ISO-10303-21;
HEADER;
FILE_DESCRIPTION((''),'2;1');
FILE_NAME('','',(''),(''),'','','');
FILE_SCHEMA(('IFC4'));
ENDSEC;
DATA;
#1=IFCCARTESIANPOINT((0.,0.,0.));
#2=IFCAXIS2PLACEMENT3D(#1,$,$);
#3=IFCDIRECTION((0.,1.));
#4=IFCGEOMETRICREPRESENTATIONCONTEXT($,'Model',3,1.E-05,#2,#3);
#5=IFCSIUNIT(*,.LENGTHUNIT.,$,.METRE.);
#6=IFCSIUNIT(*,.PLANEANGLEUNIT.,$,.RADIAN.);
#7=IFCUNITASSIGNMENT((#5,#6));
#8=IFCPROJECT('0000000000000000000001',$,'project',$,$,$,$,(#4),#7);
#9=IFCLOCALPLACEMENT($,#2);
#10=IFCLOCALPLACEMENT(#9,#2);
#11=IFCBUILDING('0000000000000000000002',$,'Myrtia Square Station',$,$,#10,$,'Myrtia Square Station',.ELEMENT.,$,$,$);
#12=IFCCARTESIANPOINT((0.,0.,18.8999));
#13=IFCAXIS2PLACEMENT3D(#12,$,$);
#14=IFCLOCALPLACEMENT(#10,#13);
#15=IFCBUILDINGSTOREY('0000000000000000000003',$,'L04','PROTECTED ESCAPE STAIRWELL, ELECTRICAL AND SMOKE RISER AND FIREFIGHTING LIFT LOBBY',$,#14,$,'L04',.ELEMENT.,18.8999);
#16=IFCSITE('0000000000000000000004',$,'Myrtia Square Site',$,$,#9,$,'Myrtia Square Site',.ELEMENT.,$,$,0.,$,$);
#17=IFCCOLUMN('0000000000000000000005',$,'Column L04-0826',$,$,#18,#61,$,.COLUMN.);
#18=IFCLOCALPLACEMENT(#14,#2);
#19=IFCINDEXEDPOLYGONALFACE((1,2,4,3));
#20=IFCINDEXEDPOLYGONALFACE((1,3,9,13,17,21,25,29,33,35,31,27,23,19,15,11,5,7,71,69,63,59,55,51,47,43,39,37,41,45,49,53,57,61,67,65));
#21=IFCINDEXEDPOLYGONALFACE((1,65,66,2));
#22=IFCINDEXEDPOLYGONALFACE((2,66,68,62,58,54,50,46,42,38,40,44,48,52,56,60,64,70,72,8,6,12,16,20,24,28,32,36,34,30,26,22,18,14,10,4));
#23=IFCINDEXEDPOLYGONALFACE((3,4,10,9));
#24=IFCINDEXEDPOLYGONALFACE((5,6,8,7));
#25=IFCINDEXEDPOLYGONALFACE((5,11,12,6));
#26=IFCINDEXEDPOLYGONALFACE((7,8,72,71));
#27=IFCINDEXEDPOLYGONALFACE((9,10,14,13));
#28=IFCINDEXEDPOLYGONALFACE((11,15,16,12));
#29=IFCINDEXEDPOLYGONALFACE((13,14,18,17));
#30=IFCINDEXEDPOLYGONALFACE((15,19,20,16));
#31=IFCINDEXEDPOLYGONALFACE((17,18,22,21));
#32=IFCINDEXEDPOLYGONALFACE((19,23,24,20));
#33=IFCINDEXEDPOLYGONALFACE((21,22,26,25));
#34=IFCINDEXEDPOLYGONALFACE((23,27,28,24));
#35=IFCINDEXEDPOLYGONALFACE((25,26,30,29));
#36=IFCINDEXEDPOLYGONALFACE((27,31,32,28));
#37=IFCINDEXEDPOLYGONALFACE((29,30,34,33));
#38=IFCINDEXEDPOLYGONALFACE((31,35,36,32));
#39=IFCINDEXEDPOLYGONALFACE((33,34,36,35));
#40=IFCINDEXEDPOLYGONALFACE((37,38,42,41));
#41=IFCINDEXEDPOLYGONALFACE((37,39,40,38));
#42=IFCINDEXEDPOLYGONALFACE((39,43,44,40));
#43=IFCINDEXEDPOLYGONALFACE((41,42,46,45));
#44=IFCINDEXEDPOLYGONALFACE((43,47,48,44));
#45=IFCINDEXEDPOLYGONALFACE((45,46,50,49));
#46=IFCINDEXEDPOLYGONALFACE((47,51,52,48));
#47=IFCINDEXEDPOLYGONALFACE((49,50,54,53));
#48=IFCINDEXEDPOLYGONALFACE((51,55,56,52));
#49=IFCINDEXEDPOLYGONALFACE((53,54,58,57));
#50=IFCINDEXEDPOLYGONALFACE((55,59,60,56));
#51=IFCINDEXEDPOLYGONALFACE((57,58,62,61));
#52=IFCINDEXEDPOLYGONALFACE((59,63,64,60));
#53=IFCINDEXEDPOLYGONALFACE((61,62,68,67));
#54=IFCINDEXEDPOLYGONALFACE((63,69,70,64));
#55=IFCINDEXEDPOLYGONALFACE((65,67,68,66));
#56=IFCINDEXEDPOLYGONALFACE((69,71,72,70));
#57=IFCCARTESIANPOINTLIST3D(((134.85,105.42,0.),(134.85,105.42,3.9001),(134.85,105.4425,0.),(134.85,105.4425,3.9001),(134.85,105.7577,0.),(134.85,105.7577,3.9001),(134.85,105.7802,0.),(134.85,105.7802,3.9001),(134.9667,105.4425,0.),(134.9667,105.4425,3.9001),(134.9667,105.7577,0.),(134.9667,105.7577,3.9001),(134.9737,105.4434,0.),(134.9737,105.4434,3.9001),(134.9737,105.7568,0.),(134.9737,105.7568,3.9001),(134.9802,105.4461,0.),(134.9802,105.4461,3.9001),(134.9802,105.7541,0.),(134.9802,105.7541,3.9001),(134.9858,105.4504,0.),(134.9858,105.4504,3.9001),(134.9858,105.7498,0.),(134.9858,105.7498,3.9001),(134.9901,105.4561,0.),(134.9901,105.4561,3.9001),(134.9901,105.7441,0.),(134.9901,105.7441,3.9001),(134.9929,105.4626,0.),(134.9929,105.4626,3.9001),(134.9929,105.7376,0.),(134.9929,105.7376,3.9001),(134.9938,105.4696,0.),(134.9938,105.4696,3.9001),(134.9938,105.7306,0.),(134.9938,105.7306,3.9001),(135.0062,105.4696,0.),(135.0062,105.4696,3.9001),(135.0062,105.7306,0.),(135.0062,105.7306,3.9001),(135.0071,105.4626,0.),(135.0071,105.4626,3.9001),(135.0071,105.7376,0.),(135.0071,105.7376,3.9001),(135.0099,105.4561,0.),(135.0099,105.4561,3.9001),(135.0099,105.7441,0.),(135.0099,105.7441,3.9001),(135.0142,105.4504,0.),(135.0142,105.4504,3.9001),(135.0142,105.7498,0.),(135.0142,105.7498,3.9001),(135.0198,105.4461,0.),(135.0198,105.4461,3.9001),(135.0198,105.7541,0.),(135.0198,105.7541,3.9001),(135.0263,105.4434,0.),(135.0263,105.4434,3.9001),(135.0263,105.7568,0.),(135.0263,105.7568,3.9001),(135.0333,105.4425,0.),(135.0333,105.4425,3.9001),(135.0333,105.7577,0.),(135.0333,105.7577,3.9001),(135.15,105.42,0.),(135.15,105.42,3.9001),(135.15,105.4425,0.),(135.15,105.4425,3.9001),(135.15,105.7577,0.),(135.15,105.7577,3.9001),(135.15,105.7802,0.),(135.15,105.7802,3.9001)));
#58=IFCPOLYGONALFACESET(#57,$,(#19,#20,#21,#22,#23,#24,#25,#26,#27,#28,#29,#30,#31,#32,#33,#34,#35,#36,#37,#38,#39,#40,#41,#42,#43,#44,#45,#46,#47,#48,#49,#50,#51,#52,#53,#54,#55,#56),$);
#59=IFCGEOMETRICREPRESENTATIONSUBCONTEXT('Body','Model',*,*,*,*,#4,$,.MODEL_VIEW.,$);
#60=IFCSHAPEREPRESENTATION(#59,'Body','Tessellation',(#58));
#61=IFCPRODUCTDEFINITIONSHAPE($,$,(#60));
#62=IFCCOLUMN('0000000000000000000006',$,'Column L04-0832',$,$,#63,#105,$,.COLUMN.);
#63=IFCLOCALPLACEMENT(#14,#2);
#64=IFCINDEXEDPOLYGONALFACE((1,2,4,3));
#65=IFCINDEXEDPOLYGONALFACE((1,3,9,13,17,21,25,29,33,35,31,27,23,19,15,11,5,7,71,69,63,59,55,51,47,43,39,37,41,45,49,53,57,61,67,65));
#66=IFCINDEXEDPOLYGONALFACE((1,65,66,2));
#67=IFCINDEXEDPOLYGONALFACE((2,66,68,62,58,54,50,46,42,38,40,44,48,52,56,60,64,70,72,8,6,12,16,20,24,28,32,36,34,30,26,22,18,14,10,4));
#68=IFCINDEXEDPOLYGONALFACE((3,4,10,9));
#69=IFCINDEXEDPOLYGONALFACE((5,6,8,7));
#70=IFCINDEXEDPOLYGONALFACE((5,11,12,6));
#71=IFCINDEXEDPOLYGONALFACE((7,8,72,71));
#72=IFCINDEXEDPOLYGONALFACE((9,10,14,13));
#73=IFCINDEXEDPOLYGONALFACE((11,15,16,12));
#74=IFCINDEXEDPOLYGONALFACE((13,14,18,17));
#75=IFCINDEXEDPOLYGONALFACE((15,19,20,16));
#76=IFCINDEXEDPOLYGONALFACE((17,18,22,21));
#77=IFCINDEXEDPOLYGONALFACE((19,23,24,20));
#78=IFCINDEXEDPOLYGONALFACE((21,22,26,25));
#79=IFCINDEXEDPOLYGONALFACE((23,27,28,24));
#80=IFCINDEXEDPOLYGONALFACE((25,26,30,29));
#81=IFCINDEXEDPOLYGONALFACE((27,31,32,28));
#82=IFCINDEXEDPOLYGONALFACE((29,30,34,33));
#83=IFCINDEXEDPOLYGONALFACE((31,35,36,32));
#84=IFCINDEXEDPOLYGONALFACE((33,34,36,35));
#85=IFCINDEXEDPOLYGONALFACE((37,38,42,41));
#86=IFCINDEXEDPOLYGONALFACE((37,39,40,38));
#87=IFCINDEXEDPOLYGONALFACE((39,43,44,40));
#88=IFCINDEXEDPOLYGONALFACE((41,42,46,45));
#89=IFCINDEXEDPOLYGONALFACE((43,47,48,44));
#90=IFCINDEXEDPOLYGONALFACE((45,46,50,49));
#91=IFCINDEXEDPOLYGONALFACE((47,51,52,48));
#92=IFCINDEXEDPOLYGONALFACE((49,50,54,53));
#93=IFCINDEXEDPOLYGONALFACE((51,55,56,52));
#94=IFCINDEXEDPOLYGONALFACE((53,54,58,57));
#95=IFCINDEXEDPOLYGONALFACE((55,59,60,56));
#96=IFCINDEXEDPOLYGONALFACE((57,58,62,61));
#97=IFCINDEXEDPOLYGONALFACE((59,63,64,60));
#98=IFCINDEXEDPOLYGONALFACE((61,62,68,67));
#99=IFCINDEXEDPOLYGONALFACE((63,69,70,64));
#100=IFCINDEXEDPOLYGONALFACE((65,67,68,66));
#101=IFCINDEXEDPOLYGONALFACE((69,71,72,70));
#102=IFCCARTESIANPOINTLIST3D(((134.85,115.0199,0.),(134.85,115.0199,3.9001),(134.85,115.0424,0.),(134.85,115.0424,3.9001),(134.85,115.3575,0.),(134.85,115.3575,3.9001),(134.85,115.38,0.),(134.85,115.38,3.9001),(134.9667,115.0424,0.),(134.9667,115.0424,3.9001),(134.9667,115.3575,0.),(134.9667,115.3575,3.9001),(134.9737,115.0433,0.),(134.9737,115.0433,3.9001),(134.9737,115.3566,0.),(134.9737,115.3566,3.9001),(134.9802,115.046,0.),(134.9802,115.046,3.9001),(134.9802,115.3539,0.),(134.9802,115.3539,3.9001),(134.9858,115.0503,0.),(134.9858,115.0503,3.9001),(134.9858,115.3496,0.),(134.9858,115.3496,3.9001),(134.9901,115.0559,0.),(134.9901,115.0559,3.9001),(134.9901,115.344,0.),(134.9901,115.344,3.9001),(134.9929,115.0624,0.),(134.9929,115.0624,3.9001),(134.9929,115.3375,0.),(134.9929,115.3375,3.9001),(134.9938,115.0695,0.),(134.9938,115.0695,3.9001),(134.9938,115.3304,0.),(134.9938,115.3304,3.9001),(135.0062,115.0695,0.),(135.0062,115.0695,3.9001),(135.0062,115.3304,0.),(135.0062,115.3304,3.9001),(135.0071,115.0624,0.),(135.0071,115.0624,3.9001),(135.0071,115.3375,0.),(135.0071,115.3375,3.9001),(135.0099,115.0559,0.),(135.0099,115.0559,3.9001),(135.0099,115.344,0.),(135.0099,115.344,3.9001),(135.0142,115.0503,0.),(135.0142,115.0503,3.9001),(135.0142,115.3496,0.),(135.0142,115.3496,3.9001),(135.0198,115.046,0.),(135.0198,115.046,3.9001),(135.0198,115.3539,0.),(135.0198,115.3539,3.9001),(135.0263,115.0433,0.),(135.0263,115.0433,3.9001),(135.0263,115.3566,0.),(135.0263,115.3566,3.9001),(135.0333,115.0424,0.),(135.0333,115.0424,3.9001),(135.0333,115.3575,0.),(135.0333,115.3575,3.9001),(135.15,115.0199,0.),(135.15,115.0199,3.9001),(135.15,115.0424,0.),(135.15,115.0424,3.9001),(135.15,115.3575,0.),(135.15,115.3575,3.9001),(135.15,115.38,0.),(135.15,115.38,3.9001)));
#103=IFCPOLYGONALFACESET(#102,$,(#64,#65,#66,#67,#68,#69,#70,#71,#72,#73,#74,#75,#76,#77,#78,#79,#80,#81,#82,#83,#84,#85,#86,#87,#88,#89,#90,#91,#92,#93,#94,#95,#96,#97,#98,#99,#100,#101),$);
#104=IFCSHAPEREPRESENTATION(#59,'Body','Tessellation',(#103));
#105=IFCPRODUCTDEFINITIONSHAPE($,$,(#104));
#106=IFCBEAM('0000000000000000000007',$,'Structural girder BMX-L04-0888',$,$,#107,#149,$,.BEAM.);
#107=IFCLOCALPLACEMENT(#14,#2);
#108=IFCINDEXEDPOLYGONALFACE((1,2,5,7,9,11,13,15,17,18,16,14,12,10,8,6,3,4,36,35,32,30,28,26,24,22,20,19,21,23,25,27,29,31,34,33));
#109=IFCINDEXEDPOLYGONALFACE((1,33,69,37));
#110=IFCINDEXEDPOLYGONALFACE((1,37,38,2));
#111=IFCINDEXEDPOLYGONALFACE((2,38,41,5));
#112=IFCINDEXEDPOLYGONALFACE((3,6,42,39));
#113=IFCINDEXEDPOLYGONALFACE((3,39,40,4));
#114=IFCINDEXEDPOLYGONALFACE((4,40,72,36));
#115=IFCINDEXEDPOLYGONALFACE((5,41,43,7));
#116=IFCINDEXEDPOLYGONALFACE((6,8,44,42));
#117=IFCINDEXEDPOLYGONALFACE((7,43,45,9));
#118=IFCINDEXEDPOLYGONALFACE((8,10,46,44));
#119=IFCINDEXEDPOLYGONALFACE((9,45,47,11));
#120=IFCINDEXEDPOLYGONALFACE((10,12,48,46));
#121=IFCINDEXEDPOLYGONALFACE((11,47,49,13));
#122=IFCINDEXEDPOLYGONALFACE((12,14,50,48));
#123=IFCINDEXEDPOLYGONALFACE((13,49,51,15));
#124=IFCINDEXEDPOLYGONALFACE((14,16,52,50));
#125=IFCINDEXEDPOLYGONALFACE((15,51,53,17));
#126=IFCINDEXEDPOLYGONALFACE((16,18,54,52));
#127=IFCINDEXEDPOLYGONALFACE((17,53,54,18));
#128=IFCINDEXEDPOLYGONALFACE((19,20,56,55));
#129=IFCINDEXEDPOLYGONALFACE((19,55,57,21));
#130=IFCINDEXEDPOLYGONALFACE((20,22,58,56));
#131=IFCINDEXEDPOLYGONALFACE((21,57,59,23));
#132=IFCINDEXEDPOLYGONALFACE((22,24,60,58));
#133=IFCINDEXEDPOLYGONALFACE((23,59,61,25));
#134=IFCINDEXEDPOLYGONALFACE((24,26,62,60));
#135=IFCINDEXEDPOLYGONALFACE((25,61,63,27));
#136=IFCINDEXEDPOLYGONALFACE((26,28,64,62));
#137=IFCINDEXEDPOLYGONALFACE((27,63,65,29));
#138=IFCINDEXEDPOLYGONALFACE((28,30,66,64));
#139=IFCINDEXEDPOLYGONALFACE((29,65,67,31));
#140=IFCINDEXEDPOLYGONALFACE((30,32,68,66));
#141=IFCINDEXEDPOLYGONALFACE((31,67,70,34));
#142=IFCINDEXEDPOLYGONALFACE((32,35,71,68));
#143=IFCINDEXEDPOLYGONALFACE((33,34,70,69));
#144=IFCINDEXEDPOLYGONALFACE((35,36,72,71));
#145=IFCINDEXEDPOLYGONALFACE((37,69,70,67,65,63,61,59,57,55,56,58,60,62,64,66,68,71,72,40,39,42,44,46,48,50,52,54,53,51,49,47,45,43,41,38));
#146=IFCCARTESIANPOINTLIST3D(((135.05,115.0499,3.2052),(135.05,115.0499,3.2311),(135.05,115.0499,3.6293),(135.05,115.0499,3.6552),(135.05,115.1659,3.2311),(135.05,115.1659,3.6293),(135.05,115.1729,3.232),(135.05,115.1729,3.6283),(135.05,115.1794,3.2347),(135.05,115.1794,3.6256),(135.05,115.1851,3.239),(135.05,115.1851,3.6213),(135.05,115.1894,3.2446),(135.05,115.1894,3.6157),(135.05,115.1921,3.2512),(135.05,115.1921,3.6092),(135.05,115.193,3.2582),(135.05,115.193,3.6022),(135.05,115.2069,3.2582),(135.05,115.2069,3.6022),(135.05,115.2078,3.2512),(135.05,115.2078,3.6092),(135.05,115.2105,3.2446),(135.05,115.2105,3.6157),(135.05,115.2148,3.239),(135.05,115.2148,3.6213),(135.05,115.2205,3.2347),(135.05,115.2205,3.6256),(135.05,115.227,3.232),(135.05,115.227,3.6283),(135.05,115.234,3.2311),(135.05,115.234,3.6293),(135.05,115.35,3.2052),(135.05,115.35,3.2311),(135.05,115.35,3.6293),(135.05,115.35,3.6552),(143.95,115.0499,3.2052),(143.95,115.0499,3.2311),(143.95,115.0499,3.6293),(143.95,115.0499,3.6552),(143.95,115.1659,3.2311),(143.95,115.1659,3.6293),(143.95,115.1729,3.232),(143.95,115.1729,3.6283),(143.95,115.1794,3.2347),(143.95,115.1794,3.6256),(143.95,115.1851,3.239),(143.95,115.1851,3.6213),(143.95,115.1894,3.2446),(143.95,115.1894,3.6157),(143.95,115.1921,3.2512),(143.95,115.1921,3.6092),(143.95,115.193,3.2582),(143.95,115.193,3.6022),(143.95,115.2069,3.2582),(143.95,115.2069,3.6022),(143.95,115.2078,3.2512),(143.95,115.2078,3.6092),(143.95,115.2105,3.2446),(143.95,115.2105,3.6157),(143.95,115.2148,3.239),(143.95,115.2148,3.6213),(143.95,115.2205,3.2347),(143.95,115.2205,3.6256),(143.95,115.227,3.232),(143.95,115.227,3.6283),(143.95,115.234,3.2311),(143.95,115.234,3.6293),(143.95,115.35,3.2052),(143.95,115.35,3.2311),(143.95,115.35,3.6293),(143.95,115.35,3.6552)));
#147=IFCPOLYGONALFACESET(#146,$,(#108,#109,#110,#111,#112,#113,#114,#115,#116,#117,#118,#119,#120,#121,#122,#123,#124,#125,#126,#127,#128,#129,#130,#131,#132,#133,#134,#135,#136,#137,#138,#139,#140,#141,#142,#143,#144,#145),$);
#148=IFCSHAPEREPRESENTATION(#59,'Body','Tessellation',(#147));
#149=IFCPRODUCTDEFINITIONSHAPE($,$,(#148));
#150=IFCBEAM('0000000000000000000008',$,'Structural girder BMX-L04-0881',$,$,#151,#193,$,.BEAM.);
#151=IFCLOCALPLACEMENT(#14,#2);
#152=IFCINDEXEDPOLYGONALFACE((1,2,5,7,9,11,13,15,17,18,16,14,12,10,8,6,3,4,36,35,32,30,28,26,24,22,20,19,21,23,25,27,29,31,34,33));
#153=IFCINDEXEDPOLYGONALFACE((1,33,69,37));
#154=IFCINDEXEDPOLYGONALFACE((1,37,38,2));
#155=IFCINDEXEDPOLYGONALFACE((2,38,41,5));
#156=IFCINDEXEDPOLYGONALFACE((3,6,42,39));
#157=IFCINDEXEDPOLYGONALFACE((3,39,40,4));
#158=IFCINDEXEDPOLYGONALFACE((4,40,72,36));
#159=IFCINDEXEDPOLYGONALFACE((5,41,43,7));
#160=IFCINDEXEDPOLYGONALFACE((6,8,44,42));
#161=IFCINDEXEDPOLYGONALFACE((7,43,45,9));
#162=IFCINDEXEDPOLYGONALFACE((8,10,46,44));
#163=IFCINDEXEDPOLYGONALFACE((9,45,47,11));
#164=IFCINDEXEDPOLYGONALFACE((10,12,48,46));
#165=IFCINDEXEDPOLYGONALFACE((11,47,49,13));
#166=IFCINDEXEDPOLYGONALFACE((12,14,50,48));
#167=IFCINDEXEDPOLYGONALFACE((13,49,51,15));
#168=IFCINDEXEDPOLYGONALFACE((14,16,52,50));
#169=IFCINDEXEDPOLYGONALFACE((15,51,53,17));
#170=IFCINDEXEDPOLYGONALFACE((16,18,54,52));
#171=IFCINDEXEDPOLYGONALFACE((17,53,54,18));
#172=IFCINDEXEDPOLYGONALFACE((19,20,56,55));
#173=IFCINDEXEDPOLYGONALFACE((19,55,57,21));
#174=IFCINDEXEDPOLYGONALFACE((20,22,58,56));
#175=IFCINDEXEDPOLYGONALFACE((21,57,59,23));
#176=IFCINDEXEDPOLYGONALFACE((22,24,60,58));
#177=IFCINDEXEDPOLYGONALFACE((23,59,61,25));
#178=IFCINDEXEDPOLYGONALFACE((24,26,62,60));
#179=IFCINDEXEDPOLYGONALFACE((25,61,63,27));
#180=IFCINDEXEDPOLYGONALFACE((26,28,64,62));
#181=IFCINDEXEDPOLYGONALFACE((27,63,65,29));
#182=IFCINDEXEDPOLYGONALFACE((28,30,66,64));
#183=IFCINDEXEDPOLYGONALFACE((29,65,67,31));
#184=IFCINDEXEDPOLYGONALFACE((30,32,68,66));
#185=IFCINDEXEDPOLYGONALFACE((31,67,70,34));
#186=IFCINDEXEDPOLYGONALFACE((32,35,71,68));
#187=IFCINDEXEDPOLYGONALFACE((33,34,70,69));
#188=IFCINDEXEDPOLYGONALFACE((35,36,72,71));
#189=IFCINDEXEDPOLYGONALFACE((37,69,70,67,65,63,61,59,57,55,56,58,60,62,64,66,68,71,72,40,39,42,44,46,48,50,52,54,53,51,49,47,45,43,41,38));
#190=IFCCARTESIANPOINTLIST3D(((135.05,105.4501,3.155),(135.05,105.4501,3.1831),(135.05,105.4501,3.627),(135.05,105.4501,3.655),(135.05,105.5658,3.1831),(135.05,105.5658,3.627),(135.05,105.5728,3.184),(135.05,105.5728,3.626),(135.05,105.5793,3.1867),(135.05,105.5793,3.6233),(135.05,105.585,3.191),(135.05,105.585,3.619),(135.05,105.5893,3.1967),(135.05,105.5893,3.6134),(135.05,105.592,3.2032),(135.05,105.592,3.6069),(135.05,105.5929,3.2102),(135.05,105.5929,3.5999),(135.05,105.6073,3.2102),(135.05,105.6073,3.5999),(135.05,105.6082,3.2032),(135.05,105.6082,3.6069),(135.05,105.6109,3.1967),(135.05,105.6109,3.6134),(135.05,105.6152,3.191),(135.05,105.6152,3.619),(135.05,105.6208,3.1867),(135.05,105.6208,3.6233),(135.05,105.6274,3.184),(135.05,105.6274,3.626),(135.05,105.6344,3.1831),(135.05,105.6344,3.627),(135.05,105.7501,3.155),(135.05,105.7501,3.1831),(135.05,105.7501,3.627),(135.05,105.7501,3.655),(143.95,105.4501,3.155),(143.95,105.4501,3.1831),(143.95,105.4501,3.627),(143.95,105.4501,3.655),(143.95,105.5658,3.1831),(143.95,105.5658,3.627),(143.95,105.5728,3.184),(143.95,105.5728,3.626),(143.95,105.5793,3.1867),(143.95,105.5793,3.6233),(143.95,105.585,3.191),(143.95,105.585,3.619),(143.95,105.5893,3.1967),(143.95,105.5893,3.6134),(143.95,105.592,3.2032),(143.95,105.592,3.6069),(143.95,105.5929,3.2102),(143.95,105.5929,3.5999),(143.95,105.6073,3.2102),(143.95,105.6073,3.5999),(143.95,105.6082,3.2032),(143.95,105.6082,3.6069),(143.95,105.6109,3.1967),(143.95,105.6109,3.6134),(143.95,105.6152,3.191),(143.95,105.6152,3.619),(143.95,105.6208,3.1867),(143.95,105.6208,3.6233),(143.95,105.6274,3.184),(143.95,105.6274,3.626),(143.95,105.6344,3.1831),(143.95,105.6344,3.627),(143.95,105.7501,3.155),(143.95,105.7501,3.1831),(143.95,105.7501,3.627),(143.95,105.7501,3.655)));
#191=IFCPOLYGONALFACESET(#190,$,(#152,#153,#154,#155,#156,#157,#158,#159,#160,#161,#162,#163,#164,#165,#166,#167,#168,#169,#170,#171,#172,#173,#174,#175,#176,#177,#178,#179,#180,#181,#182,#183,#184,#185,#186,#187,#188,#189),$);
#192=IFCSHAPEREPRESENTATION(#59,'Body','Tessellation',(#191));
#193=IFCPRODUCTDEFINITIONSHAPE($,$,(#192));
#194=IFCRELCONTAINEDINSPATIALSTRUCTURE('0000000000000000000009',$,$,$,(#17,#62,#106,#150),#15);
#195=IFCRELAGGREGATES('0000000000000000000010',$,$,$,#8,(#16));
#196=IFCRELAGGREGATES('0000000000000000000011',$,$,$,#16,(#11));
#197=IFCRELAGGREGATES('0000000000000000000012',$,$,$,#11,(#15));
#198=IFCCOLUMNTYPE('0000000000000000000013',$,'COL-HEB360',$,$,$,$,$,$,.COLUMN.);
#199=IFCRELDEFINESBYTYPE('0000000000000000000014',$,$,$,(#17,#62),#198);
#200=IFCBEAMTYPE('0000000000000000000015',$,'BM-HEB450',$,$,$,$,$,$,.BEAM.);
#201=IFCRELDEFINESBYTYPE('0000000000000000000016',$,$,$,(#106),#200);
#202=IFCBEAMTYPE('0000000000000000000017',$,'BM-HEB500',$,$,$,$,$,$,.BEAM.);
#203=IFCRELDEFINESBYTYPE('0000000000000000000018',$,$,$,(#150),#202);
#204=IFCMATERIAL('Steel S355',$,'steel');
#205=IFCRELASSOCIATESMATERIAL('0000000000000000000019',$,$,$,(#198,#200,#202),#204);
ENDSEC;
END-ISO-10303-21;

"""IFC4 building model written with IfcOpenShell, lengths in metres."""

from ifc_helpers import new_model, si_unit, direction, frame, origin, origin_2d, place, context, subcontext, project, spatial, i_section, extrude, material, material_profile, profile_set, type_object, element, save


model = new_model("IFC4")

# Units and contexts
model_context = context("Model", 3, precision=1e-05, world=origin(), true_north=direction((0.0, 1.0)))
body_context = subcontext(model_context, "Body", "Model", "MODEL_VIEW")
ifc_project = project(units=[si_unit("LENGTHUNIT", "METRE"), si_unit("PLANEANGLEUNIT", "RADIAN")], contexts=[model_context])

# Site, building, storey
site_placement = place(None, origin())
site = spatial("IfcSite", under=ifc_project, at=site_placement, Name="Myrtia Square Site", LongName="Myrtia Square Site", CompositionType="ELEMENT", RefElevation=0.0)
building_placement = place(site_placement, origin())
building = spatial("IfcBuilding", under=site, at=building_placement, Name="Myrtia Square Station", LongName="Myrtia Square Station", CompositionType="ELEMENT")
storey_placement = place(building_placement, frame((0.0, 0.0, 18.8999)))
storey = spatial("IfcBuildingStorey", under=building, at=storey_placement, Name="L04", Description="PROTECTED ESCAPE STAIRWELL, ELECTRICAL AND SMOKE RISER AND FIREFIGHTING LIFT LOBBY", LongName="L04", CompositionType="ELEMENT", Elevation=18.8999)

# Columns
ifc_material_1 = material(Name="Steel S355", Category="steel")
ifc_material_profile_1 = material_profile(ifc_material_1, i_section(OverallWidth=0.3, OverallDepth=0.3601, WebThickness=0.0125, FlangeThickness=0.0225, FilletRadius=0.0271, at=origin_2d()), Name="HEB 360")
ifc_profile_set_1 = profile_set([ifc_material_profile_1], Name="Steel S355")
column_type = type_object("IfcColumnType", Name="COL-HEB360", PredefinedType="COLUMN", material=ifc_profile_set_1)
for number, where, z_axis, x_axis, name in (
    (1, (135.0, 105.6001, 0.0), (0.0, 0.0, 1.0), (1.0, 0.0, 0.0), "Column L04-0826"),
    (2, (135.0, 115.2, 0.0), (0.0, 0.0, 1.0), (1.0, 0.0, 0.0), "Column L04-0832"),
):
    element("IfcColumn", number, at=place(storey_placement, frame(where, z_axis=z_axis, x_axis=x_axis)), inside=storey, type_object=column_type, Name=name, PredefinedType="COLUMN", context=body_context, shape_type="SweptSolid", body=[
        extrude(i_section(OverallWidth=0.3, OverallDepth=0.3601, WebThickness=0.0125, FlangeThickness=0.0225, FilletRadius=0.0271, at=origin_2d()), origin(), (0.0, 0.0, 1.0), 3.9001),
    ])

# Beams
ifc_material_profile_2 = material_profile(ifc_material_1, i_section(OverallWidth=0.3, OverallDepth=0.45, WebThickness=0.0139, FlangeThickness=0.0259, FilletRadius=0.0271, at=origin_2d()), Name="HEB 450")
ifc_profile_set_2 = profile_set([ifc_material_profile_2], Name="Steel S355")
beam_type_1 = type_object("IfcBeamType", Name="BM-HEB450", PredefinedType="BEAM", material=ifc_profile_set_2)
beam_1_placement = place(storey_placement, frame((135.05, 115.2, 3.4302), z_axis=(1.0, 0.0, 0.0), x_axis=(0.0, 1.0, 0.0)))
element("IfcBeam", 3, at=beam_1_placement, inside=storey, type_object=beam_type_1, Name="Structural girder BMX-L04-0888", PredefinedType="BEAM", context=body_context, shape_type="SweptSolid", body=[
    extrude(i_section(OverallWidth=0.3, OverallDepth=0.45, WebThickness=0.0139, FlangeThickness=0.0259, FilletRadius=0.0271, at=origin_2d()), origin(), (0.0, 0.0, 1.0), 8.8999),
])
ifc_material_profile_3 = material_profile(ifc_material_1, i_section(OverallWidth=0.3, OverallDepth=0.5, WebThickness=0.0144, FlangeThickness=0.0281, FilletRadius=0.0271, at=origin_2d()), Name="HEB 500")
ifc_profile_set_3 = profile_set([ifc_material_profile_3], Name="Steel S355")
beam_type_2 = type_object("IfcBeamType", Name="BM-HEB500", PredefinedType="BEAM", material=ifc_profile_set_3)
beam_2_placement = place(storey_placement, frame((135.05, 105.6001, 3.405), z_axis=(1.0, 0.0, 0.0), x_axis=(0.0, 1.0, 0.0)))
element("IfcBeam", 4, at=beam_2_placement, inside=storey, type_object=beam_type_2, Name="Structural girder BMX-L04-0881", PredefinedType="BEAM", context=body_context, shape_type="SweptSolid", body=[
    extrude(i_section(OverallWidth=0.3, OverallDepth=0.5, WebThickness=0.0144, FlangeThickness=0.0281, FilletRadius=0.0271, at=origin_2d()), origin(), (0.0, 0.0, 1.0), 8.8999),
])

save(model, "model.ifc")
